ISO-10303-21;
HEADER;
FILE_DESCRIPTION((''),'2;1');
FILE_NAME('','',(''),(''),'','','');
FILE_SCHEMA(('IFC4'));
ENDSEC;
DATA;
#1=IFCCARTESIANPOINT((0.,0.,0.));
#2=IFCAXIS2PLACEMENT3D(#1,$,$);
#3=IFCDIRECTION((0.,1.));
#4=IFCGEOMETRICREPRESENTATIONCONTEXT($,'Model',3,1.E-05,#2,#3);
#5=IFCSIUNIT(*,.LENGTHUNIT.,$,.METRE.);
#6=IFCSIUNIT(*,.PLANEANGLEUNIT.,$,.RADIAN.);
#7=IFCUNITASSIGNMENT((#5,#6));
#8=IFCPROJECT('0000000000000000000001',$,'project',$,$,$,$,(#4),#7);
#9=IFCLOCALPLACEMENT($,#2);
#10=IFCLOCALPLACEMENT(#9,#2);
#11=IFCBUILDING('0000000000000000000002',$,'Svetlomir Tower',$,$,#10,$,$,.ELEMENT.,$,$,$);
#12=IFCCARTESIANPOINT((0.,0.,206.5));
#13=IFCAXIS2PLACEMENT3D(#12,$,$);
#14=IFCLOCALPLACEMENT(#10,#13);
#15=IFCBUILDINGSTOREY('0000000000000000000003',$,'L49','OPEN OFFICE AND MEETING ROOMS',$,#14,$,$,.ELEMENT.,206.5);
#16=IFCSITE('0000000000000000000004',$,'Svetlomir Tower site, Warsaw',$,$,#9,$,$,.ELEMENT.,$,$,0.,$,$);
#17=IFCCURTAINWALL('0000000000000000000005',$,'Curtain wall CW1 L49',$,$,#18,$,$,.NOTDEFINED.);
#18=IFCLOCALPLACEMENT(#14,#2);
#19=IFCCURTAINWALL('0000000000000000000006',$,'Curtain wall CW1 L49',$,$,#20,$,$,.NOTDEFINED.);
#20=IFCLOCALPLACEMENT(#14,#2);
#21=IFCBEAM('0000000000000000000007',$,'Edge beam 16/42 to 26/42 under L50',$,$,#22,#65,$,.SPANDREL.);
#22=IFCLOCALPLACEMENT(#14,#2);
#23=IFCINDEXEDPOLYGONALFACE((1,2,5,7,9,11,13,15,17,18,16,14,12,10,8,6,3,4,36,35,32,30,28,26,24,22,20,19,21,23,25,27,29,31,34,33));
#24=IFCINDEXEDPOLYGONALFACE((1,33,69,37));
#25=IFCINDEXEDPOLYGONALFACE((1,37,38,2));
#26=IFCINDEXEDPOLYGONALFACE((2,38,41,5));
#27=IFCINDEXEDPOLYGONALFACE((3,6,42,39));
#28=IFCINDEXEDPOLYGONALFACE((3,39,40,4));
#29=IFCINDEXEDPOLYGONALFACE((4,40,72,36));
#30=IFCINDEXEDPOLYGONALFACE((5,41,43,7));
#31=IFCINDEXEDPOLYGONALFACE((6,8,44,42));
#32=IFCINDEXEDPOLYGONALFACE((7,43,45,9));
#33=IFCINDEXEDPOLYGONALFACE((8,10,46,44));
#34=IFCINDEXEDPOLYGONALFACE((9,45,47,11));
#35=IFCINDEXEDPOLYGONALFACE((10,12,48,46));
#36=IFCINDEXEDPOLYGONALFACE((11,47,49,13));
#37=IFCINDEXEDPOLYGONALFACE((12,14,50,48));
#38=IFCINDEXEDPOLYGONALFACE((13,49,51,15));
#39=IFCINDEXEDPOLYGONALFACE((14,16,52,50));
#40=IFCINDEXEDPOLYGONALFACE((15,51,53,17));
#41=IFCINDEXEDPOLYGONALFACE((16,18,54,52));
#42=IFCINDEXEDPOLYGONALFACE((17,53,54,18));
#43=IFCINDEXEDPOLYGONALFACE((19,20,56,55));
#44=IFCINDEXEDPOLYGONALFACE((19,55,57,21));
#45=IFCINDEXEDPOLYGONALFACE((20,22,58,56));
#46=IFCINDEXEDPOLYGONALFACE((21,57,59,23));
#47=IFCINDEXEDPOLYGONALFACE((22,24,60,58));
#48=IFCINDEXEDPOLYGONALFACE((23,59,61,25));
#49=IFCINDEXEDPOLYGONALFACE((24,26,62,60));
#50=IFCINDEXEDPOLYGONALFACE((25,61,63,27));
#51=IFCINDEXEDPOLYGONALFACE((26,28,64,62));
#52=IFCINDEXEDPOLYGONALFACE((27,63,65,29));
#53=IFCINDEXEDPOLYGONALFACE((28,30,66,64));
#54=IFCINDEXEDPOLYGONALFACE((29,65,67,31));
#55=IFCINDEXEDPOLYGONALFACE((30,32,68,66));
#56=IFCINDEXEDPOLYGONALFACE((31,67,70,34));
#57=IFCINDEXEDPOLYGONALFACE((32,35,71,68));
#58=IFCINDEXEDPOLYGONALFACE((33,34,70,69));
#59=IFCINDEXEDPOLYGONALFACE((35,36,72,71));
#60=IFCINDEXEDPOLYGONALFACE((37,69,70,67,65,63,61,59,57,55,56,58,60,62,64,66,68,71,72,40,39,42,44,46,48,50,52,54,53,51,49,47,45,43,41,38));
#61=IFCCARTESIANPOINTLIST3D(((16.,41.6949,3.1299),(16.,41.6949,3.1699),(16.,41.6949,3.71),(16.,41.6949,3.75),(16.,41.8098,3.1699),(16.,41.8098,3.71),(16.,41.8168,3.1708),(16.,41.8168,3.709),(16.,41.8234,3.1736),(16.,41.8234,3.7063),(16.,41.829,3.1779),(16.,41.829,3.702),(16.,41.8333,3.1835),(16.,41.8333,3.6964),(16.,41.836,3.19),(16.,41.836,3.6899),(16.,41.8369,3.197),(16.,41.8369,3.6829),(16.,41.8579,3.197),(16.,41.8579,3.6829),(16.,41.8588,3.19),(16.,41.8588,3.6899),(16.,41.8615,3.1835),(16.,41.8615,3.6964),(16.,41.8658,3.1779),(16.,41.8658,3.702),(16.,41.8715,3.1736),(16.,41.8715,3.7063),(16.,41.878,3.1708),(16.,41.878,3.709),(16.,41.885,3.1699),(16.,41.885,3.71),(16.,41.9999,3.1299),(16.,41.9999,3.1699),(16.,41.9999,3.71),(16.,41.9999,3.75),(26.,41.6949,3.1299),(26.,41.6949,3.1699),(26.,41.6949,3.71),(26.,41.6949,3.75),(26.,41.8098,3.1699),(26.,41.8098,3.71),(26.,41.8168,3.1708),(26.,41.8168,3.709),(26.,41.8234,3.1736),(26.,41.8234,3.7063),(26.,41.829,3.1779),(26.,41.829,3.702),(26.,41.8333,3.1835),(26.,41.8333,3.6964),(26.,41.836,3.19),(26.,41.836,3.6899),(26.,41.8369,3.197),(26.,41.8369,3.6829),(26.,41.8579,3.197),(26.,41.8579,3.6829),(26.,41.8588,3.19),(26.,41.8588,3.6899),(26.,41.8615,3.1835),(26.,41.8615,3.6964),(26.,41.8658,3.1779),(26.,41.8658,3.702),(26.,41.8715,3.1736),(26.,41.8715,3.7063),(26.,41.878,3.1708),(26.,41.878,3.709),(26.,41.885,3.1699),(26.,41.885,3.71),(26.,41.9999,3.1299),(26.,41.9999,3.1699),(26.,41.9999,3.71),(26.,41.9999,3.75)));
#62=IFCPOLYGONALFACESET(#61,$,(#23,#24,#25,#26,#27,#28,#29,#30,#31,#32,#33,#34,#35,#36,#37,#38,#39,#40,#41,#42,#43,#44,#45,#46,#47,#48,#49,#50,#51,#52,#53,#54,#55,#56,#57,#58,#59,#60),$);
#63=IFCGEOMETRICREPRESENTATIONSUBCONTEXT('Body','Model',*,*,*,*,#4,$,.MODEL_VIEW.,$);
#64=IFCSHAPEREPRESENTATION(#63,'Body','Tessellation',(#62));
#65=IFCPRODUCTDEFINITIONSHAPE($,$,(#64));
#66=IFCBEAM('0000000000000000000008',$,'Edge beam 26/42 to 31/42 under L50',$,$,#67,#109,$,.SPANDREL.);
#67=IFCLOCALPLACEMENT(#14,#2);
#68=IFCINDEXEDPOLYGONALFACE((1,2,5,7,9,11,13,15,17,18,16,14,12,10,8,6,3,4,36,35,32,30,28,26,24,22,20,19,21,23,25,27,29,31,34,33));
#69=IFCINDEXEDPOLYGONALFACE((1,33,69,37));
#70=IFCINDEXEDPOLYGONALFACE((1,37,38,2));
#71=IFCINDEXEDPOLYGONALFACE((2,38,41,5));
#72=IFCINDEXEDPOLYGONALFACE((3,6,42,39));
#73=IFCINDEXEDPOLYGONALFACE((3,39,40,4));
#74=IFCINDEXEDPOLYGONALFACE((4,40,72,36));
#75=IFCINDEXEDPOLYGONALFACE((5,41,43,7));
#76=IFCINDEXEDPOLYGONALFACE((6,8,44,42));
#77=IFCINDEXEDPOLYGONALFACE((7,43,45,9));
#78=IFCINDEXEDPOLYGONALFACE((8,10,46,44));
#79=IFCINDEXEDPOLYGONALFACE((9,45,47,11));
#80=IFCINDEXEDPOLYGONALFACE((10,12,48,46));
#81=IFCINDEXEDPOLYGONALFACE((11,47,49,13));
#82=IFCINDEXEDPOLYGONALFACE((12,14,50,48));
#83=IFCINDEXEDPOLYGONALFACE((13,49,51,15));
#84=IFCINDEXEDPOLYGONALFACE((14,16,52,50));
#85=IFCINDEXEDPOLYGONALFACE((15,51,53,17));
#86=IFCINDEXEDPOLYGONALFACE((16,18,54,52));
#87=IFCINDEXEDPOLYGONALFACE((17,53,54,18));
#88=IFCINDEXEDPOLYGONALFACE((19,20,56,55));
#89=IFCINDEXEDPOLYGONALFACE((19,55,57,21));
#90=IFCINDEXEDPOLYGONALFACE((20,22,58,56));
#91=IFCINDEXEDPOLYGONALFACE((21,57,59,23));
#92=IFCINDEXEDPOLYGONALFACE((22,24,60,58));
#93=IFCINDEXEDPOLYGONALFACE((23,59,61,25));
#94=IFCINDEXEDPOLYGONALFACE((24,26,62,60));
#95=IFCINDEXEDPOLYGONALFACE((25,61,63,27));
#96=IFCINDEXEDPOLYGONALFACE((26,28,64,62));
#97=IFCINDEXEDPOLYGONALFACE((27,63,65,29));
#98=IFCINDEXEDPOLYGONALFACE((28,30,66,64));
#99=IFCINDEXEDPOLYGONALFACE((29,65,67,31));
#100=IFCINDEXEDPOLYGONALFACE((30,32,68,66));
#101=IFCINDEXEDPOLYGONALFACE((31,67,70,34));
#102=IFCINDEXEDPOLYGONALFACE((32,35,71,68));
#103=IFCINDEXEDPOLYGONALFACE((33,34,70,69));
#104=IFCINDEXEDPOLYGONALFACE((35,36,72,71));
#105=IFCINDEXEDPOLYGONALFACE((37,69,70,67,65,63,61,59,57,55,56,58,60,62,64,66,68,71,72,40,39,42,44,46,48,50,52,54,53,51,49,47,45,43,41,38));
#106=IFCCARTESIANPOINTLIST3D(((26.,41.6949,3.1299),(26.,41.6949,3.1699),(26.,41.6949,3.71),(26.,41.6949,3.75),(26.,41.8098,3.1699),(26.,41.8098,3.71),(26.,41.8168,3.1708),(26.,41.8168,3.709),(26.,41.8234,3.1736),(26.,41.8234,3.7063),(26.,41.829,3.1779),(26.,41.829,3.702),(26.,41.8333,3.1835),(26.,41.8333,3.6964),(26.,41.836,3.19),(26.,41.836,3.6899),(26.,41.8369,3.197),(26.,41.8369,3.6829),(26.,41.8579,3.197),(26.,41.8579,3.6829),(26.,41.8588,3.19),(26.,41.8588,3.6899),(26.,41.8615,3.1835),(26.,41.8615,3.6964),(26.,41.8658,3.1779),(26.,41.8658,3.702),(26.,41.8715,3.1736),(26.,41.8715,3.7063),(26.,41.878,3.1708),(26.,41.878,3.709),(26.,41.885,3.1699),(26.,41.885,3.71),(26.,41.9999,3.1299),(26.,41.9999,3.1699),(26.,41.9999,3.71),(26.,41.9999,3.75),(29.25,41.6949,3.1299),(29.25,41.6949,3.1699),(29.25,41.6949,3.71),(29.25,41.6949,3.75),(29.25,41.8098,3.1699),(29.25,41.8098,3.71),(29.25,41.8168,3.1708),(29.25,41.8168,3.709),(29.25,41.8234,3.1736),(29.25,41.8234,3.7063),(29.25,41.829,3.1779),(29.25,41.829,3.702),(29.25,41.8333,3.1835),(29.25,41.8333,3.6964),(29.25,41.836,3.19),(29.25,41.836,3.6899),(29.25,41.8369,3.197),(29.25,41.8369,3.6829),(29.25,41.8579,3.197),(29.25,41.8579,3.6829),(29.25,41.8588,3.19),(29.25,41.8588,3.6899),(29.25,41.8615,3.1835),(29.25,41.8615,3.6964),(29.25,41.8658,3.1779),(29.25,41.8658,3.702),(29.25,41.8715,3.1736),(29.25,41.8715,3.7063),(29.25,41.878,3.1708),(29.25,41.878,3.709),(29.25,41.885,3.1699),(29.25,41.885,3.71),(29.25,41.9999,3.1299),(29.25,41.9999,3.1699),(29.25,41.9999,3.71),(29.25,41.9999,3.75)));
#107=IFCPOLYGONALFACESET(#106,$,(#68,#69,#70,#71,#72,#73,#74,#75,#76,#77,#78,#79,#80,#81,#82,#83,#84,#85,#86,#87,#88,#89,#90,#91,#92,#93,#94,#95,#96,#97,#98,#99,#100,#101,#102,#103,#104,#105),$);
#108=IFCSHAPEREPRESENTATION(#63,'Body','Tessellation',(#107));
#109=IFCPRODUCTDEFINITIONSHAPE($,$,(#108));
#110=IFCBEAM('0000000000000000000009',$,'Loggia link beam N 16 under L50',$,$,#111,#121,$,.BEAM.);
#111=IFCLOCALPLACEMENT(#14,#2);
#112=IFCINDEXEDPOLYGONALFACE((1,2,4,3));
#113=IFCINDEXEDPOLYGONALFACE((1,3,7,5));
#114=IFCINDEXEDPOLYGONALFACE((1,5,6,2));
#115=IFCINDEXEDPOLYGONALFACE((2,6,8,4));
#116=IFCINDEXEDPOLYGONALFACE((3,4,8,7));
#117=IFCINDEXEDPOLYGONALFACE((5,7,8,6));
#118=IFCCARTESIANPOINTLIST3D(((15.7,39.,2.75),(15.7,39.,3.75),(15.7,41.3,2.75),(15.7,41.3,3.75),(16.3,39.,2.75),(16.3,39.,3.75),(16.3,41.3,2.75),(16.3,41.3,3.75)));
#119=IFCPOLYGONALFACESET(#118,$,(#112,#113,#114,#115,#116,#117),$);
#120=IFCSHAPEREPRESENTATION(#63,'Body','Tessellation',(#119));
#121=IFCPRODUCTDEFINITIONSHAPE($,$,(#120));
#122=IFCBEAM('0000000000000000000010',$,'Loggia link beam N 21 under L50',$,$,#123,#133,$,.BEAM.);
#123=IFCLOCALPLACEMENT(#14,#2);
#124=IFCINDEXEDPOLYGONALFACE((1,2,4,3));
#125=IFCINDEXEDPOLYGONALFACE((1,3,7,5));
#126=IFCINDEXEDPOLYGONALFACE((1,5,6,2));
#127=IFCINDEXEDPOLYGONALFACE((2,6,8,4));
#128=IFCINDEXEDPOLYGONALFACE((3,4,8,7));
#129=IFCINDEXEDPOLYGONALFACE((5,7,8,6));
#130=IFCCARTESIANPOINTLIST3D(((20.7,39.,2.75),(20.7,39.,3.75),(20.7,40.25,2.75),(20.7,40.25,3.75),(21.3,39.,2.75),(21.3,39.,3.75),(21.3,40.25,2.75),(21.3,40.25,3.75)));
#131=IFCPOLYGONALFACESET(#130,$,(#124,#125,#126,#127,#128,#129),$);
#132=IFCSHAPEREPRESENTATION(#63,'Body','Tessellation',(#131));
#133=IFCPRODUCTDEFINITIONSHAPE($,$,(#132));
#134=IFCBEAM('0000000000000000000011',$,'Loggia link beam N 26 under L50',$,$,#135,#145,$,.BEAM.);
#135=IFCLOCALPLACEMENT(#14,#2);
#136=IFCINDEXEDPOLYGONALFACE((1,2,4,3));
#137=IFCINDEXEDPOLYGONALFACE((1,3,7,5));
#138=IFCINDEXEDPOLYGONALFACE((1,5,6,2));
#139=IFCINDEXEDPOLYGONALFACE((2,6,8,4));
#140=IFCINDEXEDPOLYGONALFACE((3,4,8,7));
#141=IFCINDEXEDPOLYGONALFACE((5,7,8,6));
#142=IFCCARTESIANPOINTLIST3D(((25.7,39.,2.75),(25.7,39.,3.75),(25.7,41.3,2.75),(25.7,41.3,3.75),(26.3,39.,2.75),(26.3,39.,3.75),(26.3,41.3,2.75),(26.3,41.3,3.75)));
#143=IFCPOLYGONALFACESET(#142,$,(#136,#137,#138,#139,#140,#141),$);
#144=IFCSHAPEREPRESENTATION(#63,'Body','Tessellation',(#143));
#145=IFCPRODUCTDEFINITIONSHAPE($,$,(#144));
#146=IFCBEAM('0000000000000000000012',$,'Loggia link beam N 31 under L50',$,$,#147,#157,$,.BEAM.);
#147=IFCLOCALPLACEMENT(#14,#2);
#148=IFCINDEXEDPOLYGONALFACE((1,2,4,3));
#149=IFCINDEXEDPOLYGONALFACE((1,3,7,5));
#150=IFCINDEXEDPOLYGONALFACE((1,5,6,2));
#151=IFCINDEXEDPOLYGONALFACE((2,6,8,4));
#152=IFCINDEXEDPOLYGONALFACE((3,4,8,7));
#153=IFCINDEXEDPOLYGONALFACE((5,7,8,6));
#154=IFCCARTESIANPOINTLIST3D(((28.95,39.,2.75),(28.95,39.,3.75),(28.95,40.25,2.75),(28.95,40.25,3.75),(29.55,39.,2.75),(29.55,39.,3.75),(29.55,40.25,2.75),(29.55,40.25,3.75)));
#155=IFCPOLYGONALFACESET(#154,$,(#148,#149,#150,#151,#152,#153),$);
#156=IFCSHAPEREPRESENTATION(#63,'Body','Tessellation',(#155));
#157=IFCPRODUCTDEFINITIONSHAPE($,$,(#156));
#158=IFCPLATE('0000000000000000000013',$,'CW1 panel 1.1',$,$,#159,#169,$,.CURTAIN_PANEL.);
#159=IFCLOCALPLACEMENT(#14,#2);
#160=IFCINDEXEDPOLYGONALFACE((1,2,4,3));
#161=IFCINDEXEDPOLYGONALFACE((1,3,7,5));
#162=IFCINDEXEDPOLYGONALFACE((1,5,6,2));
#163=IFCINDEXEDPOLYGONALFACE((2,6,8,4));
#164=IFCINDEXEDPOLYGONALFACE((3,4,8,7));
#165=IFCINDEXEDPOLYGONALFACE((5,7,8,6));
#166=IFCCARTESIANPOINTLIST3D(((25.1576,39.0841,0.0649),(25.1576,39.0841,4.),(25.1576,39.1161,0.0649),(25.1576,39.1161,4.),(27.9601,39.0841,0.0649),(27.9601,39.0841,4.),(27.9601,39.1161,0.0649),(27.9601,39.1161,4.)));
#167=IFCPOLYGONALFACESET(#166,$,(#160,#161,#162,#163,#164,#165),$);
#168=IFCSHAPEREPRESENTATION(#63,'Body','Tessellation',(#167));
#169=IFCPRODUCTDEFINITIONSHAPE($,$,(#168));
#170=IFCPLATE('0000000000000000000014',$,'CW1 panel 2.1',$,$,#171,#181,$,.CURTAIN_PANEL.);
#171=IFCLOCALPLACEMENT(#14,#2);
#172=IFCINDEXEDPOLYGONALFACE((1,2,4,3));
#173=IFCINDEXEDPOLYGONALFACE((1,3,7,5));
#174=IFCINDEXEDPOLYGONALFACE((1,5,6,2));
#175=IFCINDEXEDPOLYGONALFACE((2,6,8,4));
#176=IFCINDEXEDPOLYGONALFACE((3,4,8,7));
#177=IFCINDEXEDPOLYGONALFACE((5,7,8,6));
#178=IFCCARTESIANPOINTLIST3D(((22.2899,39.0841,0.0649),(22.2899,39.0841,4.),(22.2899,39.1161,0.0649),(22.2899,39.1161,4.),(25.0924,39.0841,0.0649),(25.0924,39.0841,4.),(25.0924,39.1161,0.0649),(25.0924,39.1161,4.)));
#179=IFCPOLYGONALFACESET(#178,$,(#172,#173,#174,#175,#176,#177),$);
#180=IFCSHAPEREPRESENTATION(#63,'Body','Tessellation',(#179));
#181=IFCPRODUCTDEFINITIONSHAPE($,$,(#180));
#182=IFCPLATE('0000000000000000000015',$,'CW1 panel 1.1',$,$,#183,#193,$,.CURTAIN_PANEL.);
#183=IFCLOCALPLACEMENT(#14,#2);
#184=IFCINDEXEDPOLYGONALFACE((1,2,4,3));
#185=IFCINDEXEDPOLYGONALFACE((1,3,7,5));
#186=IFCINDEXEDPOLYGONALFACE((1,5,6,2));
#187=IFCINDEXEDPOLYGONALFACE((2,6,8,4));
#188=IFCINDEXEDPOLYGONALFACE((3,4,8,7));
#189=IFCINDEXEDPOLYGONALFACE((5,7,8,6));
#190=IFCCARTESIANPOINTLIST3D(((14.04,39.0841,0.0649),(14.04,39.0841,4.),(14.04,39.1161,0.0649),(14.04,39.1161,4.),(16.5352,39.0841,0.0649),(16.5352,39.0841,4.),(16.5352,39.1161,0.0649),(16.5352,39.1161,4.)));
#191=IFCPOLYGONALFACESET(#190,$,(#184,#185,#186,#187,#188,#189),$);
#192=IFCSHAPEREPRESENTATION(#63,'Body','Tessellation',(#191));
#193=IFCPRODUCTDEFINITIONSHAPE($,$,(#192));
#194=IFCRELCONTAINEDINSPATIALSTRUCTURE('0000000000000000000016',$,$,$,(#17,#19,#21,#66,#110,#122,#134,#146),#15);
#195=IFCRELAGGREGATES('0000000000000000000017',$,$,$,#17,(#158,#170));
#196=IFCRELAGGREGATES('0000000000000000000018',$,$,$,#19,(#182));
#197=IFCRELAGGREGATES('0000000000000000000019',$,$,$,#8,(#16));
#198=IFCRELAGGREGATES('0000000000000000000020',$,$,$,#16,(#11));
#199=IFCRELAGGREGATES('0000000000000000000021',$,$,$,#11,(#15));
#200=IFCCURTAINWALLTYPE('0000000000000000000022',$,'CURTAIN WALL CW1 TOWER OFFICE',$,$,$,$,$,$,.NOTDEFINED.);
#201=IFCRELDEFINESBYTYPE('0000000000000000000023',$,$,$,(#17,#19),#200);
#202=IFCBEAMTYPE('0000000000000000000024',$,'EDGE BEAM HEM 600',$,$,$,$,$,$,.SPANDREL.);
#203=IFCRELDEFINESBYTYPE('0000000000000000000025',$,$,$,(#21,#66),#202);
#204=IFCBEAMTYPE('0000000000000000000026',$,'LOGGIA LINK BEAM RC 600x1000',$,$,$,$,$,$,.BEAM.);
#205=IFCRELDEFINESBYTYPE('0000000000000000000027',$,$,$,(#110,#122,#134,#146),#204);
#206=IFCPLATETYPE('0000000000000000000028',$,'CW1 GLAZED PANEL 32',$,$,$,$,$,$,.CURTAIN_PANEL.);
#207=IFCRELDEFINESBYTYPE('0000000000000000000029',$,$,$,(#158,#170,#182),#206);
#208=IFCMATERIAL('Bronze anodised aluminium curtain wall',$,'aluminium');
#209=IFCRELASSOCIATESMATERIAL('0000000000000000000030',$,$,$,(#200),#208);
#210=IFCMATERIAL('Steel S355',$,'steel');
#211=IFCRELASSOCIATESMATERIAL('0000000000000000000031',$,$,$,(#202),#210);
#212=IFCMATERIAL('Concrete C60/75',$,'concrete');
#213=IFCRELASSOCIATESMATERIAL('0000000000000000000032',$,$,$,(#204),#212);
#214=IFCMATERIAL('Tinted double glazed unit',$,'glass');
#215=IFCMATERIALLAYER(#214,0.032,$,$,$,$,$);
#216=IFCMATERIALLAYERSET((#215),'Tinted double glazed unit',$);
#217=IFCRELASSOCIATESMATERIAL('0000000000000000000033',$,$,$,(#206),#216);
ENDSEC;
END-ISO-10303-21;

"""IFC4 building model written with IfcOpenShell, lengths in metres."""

from ifc_helpers import new_model, si_unit, direction, frame, origin, origin_2d, place, context, subcontext, project, spatial, rectangle, i_section, extrude, material, layer, layer_set, material_profile, profile_set, type_object, element, aggregate, save


model = new_model("IFC4")

# Units and contexts
model_context = context("Model", 3, precision=1e-05, world=origin(), true_north=direction((0.0, 1.0)))
body_context = subcontext(model_context, "Body", "Model", "MODEL_VIEW")
ifc_project = project(units=[si_unit("LENGTHUNIT", "METRE"), si_unit("PLANEANGLEUNIT", "RADIAN")], contexts=[model_context])

# Site, building, storey
site_placement = place(None, origin())
site = spatial("IfcSite", under=ifc_project, at=site_placement, Name="Svetlomir Tower site, Warsaw", CompositionType="ELEMENT", RefElevation=0.0)
building_placement = place(site_placement, origin())
building = spatial("IfcBuilding", under=site, at=building_placement, Name="Svetlomir Tower", CompositionType="ELEMENT")
storey_placement = place(building_placement, frame((0.0, 0.0, 206.5)))
storey = spatial("IfcBuildingStorey", under=building, at=storey_placement, Name="L49", Description="OPEN OFFICE AND MEETING ROOMS", CompositionType="ELEMENT", Elevation=206.5)

# Curtain walls
ifc_material_1 = material(Name="Bronze anodised aluminium curtain wall", Category="aluminium")
curtain_wall_type = type_object("IfcCurtainWallType", Name="CURTAIN WALL CW1 TOWER OFFICE", PredefinedType="NOTDEFINED", material=ifc_material_1)
curtain_wall_1_placement = place(storey_placement, origin())
curtain_wall_1 = element("IfcCurtainWall", 1, at=curtain_wall_1_placement, inside=storey, type_object=curtain_wall_type, Name="Curtain wall CW1 L49", PredefinedType="NOTDEFINED")
curtain_wall_2_placement = place(storey_placement, origin())
curtain_wall_2 = element("IfcCurtainWall", 2, at=curtain_wall_2_placement, inside=storey, type_object=curtain_wall_type, Name="Curtain wall CW1 L49", PredefinedType="NOTDEFINED")

# Beams
ifc_material_2 = material(Name="Steel S355", Category="steel")
ifc_material_profile_1 = material_profile(ifc_material_2, i_section(OverallWidth=0.3049, OverallDepth=0.6201, WebThickness=0.021, FlangeThickness=0.04, FilletRadius=0.0271, at=origin_2d()), Name="HEM 600")
ifc_profile_set_1 = profile_set([ifc_material_profile_1], Name="Steel S355")
beam_type_1 = type_object("IfcBeamType", Name="EDGE BEAM HEM 600", PredefinedType="SPANDREL", material=ifc_profile_set_1)
beam_1_placement = place(storey_placement, frame((16.0, 41.8474, 3.4399), z_axis=(1.0, 0.0, 0.0), x_axis=(0.0, 1.0, 0.0)))
element("IfcBeam", 3, at=beam_1_placement, inside=storey, type_object=beam_type_1, Name="Edge beam 16/42 to 26/42 under L50", PredefinedType="SPANDREL", context=body_context, shape_type="SweptSolid", body=[
    extrude(i_section(OverallWidth=0.3049, OverallDepth=0.6201, WebThickness=0.021, FlangeThickness=0.04, FilletRadius=0.0271, at=origin_2d()), origin(), (0.0, 0.0, 1.0), 10.0),
])
beam_2_placement = place(storey_placement, frame((26.0, 41.8474, 3.4399), z_axis=(1.0, 0.0, 0.0), x_axis=(0.0, 1.0, 0.0)))
element("IfcBeam", 4, at=beam_2_placement, inside=storey, type_object=beam_type_1, Name="Edge beam 26/42 to 31/42 under L50", PredefinedType="SPANDREL", context=body_context, shape_type="SweptSolid", body=[
    extrude(i_section(OverallWidth=0.3049, OverallDepth=0.6201, WebThickness=0.021, FlangeThickness=0.04, FilletRadius=0.0271, at=origin_2d()), origin(), (0.0, 0.0, 1.0), 3.25),
])
ifc_material_3 = material(Name="Concrete C60/75", Category="concrete")
ifc_material_profile_2 = material_profile(ifc_material_3, rectangle(XDim=0.6001, YDim=1.0, at=origin_2d()), Name="RC 600x1000")
ifc_profile_set_2 = profile_set([ifc_material_profile_2], Name="Concrete C60/75")
beam_type_2 = type_object("IfcBeamType", Name="LOGGIA LINK BEAM RC 600x1000", PredefinedType="BEAM", material=ifc_profile_set_2)
beam_3_placement = place(storey_placement, frame((16.0, 41.3, 3.25), z_axis=(0.0, -1.0, 0.0), x_axis=(1.0, 0.0, 0.0)))
element("IfcBeam", 5, at=beam_3_placement, inside=storey, type_object=beam_type_2, Name="Loggia link beam N 16 under L50", PredefinedType="BEAM", context=body_context, shape_type="SweptSolid", body=[
    extrude(rectangle(XDim=0.6001, YDim=1.0, at=origin_2d()), origin(), (0.0, 0.0, 1.0), 2.3),
])
beam_4_placement = place(storey_placement, frame((21.0, 40.25, 3.25), z_axis=(0.0, -1.0, 0.0), x_axis=(1.0, 0.0, 0.0)))
element("IfcBeam", 6, at=beam_4_placement, inside=storey, type_object=beam_type_2, Name="Loggia link beam N 21 under L50", PredefinedType="BEAM", context=body_context, shape_type="SweptSolid", body=[
    extrude(rectangle(XDim=0.6001, YDim=1.0, at=origin_2d()), origin(), (0.0, 0.0, 1.0), 1.25),
])
beam_5_placement = place(storey_placement, frame((26.0, 41.3, 3.25), z_axis=(0.0, -1.0, 0.0), x_axis=(1.0, 0.0, 0.0)))
element("IfcBeam", 7, at=beam_5_placement, inside=storey, type_object=beam_type_2, Name="Loggia link beam N 26 under L50", PredefinedType="BEAM", context=body_context, shape_type="SweptSolid", body=[
    extrude(rectangle(XDim=0.6001, YDim=1.0, at=origin_2d()), origin(), (0.0, 0.0, 1.0), 2.3),
])
beam_6_placement = place(storey_placement, frame((29.25, 40.25, 3.25), z_axis=(0.0, -1.0, 0.0), x_axis=(1.0, 0.0, 0.0)))
element("IfcBeam", 8, at=beam_6_placement, inside=storey, type_object=beam_type_2, Name="Loggia link beam N 31 under L50", PredefinedType="BEAM", context=body_context, shape_type="SweptSolid", body=[
    extrude(rectangle(XDim=0.6001, YDim=1.0, at=origin_2d()), origin(), (0.0, 0.0, 1.0), 1.25),
])

# Plates
ifc_material_4 = material(Name="Tinted double glazed unit", Category="glass")
ifc_layer_1 = layer(ifc_material_4, 0.032)
ifc_layer_set_1 = layer_set([ifc_layer_1], Name="Tinted double glazed unit")
plate_type = type_object("IfcPlateType", Name="CW1 GLAZED PANEL 32", PredefinedType="CURTAIN_PANEL", material=ifc_layer_set_1)
plate_1_placement = place(storey_placement, frame((26.5588, 39.1001, 0.0649), z_axis=(0.0, 0.0, 1.0), x_axis=(-1.0, 0.0, 0.0)))
plate_1 = element("IfcPlate", 9, at=plate_1_placement, type_object=plate_type, Name="CW1 panel 1.1", PredefinedType="CURTAIN_PANEL", context=body_context, shape_type="SweptSolid", body=[
    extrude(rectangle(XDim=2.8025, YDim=0.032, at=origin_2d()), origin(), (0.0, 0.0, 1.0), 3.9351),
])
plate_2_placement = place(storey_placement, frame((23.6912, 39.1001, 0.0649), z_axis=(0.0, 0.0, 1.0), x_axis=(-1.0, 0.0, 0.0)))
plate_2 = element("IfcPlate", 10, at=plate_2_placement, type_object=plate_type, Name="CW1 panel 2.1", PredefinedType="CURTAIN_PANEL", context=body_context, shape_type="SweptSolid", body=[
    extrude(rectangle(XDim=2.8025, YDim=0.032, at=origin_2d()), origin(), (0.0, 0.0, 1.0), 3.9351),
])
aggregate(curtain_wall_1, [plate_1, plate_2])
plate_3_placement = place(storey_placement, frame((15.2876, 39.1001, 0.0649), z_axis=(0.0, 0.0, 1.0), x_axis=(-1.0, 0.0, 0.0)))
plate_3 = element("IfcPlate", 11, at=plate_3_placement, type_object=plate_type, Name="CW1 panel 1.1", PredefinedType="CURTAIN_PANEL", context=body_context, shape_type="SweptSolid", body=[
    extrude(rectangle(XDim=2.4951, YDim=0.032, at=origin_2d()), origin(), (0.0, 0.0, 1.0), 3.9351),
])
aggregate(curtain_wall_2, [plate_3])

save(model, "model.ifc")
